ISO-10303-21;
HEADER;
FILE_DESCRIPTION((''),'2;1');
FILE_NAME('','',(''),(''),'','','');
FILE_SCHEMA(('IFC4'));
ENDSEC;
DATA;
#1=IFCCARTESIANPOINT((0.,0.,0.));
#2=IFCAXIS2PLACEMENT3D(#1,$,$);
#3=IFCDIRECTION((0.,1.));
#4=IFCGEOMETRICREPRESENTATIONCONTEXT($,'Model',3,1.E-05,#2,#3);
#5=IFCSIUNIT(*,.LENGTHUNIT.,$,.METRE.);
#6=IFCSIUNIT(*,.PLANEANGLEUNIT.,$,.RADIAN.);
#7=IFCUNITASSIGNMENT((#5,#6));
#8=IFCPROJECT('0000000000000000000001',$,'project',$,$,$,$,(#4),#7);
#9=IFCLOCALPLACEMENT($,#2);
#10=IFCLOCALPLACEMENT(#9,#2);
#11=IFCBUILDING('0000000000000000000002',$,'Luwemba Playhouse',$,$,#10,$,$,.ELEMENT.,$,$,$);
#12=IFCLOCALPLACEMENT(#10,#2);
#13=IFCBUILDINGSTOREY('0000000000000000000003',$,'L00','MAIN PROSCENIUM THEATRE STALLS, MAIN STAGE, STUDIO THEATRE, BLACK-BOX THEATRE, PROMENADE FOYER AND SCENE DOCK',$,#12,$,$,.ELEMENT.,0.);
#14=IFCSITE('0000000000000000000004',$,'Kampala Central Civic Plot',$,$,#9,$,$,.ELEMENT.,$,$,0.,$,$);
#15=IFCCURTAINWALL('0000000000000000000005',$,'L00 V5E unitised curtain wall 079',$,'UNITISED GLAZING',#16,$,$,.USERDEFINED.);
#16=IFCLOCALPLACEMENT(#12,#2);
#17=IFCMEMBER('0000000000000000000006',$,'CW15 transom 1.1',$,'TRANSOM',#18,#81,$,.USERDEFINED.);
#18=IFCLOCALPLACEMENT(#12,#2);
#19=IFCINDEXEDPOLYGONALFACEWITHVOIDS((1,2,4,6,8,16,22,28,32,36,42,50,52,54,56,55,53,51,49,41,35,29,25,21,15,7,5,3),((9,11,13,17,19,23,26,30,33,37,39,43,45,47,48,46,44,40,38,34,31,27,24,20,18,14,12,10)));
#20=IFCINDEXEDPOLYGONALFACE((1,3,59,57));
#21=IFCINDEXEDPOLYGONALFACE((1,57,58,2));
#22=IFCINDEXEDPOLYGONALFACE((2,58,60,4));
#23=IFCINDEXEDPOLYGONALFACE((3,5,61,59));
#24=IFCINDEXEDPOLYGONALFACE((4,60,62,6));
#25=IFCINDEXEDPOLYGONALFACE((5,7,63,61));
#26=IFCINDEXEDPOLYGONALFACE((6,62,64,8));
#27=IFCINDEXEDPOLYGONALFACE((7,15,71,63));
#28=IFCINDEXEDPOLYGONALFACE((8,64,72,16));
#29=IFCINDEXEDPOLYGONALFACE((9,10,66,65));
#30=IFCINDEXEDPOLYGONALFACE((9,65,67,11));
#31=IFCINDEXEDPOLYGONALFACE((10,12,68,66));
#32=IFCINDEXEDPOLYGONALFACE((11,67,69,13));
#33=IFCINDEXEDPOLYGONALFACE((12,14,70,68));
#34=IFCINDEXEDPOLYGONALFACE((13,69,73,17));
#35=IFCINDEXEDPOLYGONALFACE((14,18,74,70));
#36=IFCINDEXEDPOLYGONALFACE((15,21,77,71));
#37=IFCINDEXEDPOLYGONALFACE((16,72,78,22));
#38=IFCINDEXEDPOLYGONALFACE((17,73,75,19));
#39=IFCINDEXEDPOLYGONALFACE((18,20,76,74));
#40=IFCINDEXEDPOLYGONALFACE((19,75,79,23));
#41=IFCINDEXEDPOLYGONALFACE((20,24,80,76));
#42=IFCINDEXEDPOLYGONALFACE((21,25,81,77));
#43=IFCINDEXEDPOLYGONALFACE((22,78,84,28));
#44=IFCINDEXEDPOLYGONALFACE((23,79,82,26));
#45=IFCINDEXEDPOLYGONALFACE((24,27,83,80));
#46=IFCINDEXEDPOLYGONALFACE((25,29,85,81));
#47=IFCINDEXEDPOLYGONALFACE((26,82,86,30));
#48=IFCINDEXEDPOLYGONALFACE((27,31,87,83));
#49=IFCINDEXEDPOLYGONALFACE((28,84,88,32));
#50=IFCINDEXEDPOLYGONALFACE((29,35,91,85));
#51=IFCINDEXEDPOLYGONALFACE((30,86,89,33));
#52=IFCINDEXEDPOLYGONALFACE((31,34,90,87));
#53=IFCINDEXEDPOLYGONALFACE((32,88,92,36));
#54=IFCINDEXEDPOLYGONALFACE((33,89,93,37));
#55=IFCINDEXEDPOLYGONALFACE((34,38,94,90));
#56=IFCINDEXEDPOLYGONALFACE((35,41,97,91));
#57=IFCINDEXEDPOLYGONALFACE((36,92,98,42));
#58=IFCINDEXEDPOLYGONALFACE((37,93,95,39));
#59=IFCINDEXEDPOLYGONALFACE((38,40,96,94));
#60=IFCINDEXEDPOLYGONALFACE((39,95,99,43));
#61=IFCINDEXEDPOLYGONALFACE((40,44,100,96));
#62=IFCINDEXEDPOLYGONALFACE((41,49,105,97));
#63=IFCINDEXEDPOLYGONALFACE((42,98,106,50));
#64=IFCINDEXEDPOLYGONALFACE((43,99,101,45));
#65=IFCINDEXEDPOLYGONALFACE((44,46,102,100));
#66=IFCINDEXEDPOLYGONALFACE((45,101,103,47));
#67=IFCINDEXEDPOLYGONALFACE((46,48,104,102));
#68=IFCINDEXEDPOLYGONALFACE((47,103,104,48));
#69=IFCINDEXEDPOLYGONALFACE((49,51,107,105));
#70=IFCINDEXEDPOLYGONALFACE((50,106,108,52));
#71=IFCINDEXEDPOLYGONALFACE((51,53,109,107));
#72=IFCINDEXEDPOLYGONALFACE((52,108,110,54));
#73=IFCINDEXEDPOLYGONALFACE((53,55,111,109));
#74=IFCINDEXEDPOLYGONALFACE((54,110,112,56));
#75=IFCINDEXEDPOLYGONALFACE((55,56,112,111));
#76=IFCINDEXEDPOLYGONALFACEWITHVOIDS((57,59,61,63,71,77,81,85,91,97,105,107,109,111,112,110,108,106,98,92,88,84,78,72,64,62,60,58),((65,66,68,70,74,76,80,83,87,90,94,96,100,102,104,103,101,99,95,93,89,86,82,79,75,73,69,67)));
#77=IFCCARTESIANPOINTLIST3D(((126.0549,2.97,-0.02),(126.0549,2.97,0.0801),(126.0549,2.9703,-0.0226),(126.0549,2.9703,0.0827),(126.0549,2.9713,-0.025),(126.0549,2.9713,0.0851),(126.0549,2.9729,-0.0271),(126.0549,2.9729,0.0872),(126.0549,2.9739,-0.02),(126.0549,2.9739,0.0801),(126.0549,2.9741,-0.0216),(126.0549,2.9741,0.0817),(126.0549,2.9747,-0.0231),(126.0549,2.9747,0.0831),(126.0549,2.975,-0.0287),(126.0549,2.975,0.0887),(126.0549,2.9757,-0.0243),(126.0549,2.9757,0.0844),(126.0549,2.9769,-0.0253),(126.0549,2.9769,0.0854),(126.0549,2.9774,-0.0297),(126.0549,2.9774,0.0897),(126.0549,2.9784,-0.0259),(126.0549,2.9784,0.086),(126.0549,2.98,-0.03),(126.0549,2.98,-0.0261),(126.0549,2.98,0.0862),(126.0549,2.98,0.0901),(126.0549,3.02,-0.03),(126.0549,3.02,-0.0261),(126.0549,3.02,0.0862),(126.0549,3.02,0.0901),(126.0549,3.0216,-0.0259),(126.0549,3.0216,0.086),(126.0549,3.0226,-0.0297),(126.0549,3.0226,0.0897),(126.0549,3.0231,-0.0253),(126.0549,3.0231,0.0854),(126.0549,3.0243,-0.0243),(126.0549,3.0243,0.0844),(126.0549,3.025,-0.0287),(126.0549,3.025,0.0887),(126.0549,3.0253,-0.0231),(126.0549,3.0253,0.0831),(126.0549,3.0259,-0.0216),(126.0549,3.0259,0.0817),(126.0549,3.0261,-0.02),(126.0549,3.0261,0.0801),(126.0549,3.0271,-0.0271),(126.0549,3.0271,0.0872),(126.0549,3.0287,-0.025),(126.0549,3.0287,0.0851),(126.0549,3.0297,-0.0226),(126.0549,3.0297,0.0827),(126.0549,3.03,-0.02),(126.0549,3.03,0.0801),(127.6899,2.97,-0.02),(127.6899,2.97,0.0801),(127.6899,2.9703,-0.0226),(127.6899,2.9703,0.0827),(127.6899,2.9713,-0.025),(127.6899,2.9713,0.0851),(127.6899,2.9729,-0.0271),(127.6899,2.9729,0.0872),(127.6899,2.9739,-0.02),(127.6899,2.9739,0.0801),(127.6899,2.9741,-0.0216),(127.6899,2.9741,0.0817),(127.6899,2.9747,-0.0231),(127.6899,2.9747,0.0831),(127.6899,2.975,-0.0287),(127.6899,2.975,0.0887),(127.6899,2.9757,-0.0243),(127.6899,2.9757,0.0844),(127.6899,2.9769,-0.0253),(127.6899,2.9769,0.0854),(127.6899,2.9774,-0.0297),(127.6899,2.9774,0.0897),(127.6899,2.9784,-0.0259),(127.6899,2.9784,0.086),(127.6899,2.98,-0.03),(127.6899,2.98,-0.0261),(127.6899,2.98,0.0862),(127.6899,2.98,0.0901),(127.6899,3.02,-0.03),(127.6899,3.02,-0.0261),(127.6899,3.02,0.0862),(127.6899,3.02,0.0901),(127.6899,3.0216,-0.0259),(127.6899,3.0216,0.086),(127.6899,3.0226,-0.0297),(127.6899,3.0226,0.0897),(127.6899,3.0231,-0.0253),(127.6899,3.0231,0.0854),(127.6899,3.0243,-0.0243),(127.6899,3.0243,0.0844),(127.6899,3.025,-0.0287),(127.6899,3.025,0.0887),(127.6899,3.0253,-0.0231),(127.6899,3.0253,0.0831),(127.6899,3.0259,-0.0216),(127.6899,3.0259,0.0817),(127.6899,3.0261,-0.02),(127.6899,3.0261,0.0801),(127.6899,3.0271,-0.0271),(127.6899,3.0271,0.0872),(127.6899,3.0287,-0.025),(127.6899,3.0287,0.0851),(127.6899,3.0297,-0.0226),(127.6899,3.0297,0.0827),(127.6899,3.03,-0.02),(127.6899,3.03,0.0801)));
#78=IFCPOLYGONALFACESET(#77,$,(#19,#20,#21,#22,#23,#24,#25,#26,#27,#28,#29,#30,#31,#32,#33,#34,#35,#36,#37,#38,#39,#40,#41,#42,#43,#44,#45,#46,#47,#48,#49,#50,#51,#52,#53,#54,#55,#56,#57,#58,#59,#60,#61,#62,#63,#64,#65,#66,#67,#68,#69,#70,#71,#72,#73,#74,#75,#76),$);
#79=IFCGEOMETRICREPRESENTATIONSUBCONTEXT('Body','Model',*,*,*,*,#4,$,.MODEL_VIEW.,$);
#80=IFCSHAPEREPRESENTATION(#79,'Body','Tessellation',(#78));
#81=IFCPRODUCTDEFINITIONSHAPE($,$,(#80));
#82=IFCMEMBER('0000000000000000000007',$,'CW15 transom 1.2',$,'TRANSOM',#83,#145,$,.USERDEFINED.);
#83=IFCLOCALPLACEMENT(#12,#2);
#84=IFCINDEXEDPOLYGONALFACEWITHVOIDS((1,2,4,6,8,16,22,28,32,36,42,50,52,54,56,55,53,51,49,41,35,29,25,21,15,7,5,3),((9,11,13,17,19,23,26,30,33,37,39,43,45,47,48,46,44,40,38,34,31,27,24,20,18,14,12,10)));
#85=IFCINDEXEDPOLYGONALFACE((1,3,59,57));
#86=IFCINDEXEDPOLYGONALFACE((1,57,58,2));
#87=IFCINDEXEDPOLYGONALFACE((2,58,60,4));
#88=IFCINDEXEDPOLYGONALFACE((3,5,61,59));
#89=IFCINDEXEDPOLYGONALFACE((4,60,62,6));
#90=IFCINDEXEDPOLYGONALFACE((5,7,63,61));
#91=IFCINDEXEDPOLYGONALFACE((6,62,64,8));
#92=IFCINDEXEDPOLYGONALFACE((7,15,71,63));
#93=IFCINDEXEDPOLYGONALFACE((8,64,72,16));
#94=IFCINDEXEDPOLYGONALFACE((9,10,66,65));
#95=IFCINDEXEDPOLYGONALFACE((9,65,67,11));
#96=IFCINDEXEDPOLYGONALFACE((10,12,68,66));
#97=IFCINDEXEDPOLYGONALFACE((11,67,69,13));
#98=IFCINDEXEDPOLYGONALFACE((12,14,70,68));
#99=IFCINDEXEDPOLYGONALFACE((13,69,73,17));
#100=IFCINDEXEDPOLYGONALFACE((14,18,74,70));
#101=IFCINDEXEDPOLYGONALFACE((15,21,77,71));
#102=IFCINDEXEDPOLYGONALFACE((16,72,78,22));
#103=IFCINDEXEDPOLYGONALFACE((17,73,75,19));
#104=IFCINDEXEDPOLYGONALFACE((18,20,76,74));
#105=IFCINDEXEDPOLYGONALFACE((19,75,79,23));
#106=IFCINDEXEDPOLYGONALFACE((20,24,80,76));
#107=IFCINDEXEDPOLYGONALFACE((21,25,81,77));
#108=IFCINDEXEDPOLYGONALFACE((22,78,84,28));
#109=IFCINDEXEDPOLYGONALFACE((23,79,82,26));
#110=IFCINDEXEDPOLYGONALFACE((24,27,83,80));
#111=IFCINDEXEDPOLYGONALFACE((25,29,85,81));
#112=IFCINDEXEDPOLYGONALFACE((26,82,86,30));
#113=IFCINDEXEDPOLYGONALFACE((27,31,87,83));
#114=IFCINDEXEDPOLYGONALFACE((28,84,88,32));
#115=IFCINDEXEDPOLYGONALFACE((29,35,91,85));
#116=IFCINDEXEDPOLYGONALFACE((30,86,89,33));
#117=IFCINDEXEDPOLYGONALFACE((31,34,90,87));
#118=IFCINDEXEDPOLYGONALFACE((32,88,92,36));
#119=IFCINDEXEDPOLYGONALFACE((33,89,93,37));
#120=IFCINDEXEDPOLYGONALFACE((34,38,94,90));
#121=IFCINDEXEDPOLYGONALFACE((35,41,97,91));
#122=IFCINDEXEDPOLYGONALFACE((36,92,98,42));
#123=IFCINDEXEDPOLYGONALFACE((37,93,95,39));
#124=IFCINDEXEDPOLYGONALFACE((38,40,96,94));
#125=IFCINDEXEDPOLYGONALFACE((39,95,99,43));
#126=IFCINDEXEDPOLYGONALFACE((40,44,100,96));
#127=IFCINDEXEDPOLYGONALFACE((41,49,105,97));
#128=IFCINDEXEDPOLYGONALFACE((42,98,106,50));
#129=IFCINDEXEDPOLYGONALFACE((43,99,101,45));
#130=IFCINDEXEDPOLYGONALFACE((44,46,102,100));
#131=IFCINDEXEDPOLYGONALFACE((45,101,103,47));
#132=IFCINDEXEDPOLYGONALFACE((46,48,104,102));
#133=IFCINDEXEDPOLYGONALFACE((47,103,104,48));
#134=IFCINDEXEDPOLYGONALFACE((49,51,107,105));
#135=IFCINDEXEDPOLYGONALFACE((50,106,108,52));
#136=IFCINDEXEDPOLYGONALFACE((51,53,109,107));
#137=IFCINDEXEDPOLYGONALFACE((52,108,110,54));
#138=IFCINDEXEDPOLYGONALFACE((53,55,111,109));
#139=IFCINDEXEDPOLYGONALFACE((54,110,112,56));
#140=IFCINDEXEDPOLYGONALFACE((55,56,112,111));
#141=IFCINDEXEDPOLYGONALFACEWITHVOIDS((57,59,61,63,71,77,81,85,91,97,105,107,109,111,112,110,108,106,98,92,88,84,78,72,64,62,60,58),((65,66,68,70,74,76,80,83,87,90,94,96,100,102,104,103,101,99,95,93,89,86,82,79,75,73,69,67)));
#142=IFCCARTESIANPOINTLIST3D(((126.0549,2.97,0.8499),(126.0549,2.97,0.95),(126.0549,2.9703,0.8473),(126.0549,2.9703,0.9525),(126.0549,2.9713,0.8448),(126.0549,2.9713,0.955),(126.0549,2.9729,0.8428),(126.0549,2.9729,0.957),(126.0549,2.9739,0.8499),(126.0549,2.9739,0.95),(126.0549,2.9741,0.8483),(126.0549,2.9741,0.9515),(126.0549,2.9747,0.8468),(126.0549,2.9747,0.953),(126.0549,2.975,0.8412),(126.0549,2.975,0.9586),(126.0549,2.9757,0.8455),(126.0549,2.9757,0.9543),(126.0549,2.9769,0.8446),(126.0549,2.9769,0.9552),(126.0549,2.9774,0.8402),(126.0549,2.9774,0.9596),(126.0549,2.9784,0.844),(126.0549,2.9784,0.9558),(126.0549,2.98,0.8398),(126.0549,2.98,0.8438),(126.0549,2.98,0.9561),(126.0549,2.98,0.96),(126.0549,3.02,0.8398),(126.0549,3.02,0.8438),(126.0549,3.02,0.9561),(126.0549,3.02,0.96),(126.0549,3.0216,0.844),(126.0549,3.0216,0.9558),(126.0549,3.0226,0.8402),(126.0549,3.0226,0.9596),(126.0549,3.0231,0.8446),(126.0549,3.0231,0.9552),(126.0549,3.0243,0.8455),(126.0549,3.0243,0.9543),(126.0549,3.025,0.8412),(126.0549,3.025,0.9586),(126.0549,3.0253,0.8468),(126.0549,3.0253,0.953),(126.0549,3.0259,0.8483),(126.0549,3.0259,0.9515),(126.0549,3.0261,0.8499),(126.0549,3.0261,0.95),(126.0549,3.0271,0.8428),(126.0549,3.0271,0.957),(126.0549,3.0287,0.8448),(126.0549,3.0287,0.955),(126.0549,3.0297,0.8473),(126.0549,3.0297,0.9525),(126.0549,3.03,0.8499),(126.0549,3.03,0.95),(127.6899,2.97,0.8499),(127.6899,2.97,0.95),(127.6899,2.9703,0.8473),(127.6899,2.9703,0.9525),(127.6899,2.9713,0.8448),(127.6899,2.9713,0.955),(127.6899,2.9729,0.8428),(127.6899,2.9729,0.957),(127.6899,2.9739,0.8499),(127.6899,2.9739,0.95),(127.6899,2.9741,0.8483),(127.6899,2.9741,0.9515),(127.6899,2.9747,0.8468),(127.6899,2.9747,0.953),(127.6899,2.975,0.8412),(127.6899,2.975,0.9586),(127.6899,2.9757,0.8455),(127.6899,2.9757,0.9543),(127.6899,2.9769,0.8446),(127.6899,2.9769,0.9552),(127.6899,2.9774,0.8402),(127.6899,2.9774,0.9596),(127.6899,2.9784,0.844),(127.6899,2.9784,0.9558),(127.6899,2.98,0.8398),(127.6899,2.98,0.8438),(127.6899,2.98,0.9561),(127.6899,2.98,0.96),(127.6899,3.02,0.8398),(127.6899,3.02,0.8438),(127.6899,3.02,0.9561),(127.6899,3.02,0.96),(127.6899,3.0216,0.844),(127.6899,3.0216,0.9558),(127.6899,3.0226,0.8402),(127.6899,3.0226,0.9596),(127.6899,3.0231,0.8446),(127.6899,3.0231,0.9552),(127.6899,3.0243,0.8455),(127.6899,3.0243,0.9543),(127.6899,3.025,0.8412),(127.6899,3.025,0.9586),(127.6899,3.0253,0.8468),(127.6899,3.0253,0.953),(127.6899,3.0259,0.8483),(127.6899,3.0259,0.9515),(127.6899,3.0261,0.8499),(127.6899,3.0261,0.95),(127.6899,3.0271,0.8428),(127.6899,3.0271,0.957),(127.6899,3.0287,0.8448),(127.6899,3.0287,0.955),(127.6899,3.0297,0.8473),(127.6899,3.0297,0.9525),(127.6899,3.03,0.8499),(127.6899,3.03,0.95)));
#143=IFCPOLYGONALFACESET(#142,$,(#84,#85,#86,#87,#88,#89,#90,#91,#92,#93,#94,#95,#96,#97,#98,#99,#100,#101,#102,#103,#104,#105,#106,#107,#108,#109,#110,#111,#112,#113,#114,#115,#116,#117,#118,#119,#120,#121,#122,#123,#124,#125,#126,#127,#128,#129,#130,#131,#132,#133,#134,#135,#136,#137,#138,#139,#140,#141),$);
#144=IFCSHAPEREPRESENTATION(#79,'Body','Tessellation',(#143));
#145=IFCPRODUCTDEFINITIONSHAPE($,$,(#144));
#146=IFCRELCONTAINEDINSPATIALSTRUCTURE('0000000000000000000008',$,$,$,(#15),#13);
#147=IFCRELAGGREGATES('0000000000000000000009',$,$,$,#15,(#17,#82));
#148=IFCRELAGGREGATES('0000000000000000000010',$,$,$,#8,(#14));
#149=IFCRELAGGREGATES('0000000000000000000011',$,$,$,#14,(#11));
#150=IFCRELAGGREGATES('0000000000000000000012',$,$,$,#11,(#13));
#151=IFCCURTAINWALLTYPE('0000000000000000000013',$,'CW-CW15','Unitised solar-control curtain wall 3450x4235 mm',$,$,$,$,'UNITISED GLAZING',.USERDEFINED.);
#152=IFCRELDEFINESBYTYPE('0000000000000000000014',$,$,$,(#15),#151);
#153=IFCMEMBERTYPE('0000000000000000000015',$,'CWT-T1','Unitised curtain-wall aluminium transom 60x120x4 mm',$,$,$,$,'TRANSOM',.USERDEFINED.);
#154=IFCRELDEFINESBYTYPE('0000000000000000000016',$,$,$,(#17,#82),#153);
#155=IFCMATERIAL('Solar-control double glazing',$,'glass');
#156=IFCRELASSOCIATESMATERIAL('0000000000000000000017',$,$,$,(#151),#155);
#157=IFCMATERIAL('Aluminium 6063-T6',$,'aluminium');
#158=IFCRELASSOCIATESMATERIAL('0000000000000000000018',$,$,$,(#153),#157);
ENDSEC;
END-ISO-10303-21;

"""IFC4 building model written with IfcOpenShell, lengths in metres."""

from ifc_helpers import new_model, si_unit, direction, frame, origin, origin_2d, place, context, subcontext, project, spatial, hollow_rectangle, extrude, material, material_profile, profile_set, type_object, element, aggregate, save


model = new_model("IFC4")

# Units and contexts
model_context = context("Model", 3, precision=1e-05, world=origin(), true_north=direction((0.0, 1.0)))
body_context = subcontext(model_context, "Body", "Model", "MODEL_VIEW")
ifc_project = project(units=[si_unit("LENGTHUNIT", "METRE"), si_unit("PLANEANGLEUNIT", "RADIAN")], contexts=[model_context])

# Site, building, storey
site_placement = place(None, origin())
site = spatial("IfcSite", under=ifc_project, at=site_placement, Name="Kampala Central Civic Plot", CompositionType="ELEMENT", RefElevation=0.0)
building_placement = place(site_placement, origin())
building = spatial("IfcBuilding", under=site, at=building_placement, Name="Luwemba Playhouse", CompositionType="ELEMENT")
storey_placement = place(building_placement, origin())
storey = spatial("IfcBuildingStorey", under=building, at=storey_placement, Name="L00", Description="MAIN PROSCENIUM THEATRE STALLS, MAIN STAGE, STUDIO THEATRE, BLACK-BOX THEATRE, PROMENADE FOYER AND SCENE DOCK", CompositionType="ELEMENT", Elevation=0.0)

# Curtain wall
ifc_material_1 = material(Name="Solar-control double glazing", Category="glass")
curtain_wall_type_1 = type_object("IfcCurtainWallType", Name="CW-CW15", Description="Unitised solar-control curtain wall 3450x4235 mm", ElementType="UNITISED GLAZING", PredefinedType="USERDEFINED", material=ifc_material_1)
curtain_wall_1_placement = place(storey_placement, origin())
curtain_wall_1 = element("IfcCurtainWall", 1, at=curtain_wall_1_placement, inside=storey, type_object=curtain_wall_type_1, Name="L00 V5E unitised curtain wall 079", ObjectType="UNITISED GLAZING", PredefinedType="USERDEFINED")
ifc_material_2 = material(Name="Aluminium 6063-T6", Category="aluminium")

# Members
ifc_material_profile_1 = material_profile(ifc_material_2, hollow_rectangle(XDim=0.0601, YDim=0.1201, WallThickness=0.0039, InnerFilletRadius=0.0061, OuterFilletRadius=0.01, at=origin_2d()))
ifc_profile_set_1 = profile_set([ifc_material_profile_1], Name="Aluminium 6063-T6")
member_type_1 = type_object("IfcMemberType", Name="CWT-T1", Description="Unitised curtain-wall aluminium transom 60x120x4 mm", ElementType="TRANSOM", PredefinedType="USERDEFINED", material=ifc_profile_set_1)
member_1_placement = place(storey_placement, frame((127.6899, 3.0, 0.03), z_axis=(-1.0, 0.0, 0.0), x_axis=(0.0, -1.0, 0.0)))
member_1 = element("IfcMember", 2, at=member_1_placement, type_object=member_type_1, Name="CW15 transom 1.1", ObjectType="TRANSOM", PredefinedType="USERDEFINED", context=body_context, shape_type="SweptSolid", body=[
    extrude(hollow_rectangle(XDim=0.0601, YDim=0.1201, WallThickness=0.0039, InnerFilletRadius=0.0061, OuterFilletRadius=0.01, at=origin_2d()), origin(), (0.0, 0.0, 1.0), 1.635),
])
member_2_placement = place(storey_placement, frame((127.6899, 3.0, 0.8999), z_axis=(-1.0, 0.0, 0.0), x_axis=(0.0, -1.0, 0.0)))
member_2 = element("IfcMember", 3, at=member_2_placement, type_object=member_type_1, Name="CW15 transom 1.2", ObjectType="TRANSOM", PredefinedType="USERDEFINED", context=body_context, shape_type="SweptSolid", body=[
    extrude(hollow_rectangle(XDim=0.0601, YDim=0.1201, WallThickness=0.0039, InnerFilletRadius=0.0061, OuterFilletRadius=0.01, at=origin_2d()), origin(), (0.0, 0.0, 1.0), 1.635),
])

aggregate(curtain_wall_1, [member_1, member_2])

save(model, "model.ifc")
